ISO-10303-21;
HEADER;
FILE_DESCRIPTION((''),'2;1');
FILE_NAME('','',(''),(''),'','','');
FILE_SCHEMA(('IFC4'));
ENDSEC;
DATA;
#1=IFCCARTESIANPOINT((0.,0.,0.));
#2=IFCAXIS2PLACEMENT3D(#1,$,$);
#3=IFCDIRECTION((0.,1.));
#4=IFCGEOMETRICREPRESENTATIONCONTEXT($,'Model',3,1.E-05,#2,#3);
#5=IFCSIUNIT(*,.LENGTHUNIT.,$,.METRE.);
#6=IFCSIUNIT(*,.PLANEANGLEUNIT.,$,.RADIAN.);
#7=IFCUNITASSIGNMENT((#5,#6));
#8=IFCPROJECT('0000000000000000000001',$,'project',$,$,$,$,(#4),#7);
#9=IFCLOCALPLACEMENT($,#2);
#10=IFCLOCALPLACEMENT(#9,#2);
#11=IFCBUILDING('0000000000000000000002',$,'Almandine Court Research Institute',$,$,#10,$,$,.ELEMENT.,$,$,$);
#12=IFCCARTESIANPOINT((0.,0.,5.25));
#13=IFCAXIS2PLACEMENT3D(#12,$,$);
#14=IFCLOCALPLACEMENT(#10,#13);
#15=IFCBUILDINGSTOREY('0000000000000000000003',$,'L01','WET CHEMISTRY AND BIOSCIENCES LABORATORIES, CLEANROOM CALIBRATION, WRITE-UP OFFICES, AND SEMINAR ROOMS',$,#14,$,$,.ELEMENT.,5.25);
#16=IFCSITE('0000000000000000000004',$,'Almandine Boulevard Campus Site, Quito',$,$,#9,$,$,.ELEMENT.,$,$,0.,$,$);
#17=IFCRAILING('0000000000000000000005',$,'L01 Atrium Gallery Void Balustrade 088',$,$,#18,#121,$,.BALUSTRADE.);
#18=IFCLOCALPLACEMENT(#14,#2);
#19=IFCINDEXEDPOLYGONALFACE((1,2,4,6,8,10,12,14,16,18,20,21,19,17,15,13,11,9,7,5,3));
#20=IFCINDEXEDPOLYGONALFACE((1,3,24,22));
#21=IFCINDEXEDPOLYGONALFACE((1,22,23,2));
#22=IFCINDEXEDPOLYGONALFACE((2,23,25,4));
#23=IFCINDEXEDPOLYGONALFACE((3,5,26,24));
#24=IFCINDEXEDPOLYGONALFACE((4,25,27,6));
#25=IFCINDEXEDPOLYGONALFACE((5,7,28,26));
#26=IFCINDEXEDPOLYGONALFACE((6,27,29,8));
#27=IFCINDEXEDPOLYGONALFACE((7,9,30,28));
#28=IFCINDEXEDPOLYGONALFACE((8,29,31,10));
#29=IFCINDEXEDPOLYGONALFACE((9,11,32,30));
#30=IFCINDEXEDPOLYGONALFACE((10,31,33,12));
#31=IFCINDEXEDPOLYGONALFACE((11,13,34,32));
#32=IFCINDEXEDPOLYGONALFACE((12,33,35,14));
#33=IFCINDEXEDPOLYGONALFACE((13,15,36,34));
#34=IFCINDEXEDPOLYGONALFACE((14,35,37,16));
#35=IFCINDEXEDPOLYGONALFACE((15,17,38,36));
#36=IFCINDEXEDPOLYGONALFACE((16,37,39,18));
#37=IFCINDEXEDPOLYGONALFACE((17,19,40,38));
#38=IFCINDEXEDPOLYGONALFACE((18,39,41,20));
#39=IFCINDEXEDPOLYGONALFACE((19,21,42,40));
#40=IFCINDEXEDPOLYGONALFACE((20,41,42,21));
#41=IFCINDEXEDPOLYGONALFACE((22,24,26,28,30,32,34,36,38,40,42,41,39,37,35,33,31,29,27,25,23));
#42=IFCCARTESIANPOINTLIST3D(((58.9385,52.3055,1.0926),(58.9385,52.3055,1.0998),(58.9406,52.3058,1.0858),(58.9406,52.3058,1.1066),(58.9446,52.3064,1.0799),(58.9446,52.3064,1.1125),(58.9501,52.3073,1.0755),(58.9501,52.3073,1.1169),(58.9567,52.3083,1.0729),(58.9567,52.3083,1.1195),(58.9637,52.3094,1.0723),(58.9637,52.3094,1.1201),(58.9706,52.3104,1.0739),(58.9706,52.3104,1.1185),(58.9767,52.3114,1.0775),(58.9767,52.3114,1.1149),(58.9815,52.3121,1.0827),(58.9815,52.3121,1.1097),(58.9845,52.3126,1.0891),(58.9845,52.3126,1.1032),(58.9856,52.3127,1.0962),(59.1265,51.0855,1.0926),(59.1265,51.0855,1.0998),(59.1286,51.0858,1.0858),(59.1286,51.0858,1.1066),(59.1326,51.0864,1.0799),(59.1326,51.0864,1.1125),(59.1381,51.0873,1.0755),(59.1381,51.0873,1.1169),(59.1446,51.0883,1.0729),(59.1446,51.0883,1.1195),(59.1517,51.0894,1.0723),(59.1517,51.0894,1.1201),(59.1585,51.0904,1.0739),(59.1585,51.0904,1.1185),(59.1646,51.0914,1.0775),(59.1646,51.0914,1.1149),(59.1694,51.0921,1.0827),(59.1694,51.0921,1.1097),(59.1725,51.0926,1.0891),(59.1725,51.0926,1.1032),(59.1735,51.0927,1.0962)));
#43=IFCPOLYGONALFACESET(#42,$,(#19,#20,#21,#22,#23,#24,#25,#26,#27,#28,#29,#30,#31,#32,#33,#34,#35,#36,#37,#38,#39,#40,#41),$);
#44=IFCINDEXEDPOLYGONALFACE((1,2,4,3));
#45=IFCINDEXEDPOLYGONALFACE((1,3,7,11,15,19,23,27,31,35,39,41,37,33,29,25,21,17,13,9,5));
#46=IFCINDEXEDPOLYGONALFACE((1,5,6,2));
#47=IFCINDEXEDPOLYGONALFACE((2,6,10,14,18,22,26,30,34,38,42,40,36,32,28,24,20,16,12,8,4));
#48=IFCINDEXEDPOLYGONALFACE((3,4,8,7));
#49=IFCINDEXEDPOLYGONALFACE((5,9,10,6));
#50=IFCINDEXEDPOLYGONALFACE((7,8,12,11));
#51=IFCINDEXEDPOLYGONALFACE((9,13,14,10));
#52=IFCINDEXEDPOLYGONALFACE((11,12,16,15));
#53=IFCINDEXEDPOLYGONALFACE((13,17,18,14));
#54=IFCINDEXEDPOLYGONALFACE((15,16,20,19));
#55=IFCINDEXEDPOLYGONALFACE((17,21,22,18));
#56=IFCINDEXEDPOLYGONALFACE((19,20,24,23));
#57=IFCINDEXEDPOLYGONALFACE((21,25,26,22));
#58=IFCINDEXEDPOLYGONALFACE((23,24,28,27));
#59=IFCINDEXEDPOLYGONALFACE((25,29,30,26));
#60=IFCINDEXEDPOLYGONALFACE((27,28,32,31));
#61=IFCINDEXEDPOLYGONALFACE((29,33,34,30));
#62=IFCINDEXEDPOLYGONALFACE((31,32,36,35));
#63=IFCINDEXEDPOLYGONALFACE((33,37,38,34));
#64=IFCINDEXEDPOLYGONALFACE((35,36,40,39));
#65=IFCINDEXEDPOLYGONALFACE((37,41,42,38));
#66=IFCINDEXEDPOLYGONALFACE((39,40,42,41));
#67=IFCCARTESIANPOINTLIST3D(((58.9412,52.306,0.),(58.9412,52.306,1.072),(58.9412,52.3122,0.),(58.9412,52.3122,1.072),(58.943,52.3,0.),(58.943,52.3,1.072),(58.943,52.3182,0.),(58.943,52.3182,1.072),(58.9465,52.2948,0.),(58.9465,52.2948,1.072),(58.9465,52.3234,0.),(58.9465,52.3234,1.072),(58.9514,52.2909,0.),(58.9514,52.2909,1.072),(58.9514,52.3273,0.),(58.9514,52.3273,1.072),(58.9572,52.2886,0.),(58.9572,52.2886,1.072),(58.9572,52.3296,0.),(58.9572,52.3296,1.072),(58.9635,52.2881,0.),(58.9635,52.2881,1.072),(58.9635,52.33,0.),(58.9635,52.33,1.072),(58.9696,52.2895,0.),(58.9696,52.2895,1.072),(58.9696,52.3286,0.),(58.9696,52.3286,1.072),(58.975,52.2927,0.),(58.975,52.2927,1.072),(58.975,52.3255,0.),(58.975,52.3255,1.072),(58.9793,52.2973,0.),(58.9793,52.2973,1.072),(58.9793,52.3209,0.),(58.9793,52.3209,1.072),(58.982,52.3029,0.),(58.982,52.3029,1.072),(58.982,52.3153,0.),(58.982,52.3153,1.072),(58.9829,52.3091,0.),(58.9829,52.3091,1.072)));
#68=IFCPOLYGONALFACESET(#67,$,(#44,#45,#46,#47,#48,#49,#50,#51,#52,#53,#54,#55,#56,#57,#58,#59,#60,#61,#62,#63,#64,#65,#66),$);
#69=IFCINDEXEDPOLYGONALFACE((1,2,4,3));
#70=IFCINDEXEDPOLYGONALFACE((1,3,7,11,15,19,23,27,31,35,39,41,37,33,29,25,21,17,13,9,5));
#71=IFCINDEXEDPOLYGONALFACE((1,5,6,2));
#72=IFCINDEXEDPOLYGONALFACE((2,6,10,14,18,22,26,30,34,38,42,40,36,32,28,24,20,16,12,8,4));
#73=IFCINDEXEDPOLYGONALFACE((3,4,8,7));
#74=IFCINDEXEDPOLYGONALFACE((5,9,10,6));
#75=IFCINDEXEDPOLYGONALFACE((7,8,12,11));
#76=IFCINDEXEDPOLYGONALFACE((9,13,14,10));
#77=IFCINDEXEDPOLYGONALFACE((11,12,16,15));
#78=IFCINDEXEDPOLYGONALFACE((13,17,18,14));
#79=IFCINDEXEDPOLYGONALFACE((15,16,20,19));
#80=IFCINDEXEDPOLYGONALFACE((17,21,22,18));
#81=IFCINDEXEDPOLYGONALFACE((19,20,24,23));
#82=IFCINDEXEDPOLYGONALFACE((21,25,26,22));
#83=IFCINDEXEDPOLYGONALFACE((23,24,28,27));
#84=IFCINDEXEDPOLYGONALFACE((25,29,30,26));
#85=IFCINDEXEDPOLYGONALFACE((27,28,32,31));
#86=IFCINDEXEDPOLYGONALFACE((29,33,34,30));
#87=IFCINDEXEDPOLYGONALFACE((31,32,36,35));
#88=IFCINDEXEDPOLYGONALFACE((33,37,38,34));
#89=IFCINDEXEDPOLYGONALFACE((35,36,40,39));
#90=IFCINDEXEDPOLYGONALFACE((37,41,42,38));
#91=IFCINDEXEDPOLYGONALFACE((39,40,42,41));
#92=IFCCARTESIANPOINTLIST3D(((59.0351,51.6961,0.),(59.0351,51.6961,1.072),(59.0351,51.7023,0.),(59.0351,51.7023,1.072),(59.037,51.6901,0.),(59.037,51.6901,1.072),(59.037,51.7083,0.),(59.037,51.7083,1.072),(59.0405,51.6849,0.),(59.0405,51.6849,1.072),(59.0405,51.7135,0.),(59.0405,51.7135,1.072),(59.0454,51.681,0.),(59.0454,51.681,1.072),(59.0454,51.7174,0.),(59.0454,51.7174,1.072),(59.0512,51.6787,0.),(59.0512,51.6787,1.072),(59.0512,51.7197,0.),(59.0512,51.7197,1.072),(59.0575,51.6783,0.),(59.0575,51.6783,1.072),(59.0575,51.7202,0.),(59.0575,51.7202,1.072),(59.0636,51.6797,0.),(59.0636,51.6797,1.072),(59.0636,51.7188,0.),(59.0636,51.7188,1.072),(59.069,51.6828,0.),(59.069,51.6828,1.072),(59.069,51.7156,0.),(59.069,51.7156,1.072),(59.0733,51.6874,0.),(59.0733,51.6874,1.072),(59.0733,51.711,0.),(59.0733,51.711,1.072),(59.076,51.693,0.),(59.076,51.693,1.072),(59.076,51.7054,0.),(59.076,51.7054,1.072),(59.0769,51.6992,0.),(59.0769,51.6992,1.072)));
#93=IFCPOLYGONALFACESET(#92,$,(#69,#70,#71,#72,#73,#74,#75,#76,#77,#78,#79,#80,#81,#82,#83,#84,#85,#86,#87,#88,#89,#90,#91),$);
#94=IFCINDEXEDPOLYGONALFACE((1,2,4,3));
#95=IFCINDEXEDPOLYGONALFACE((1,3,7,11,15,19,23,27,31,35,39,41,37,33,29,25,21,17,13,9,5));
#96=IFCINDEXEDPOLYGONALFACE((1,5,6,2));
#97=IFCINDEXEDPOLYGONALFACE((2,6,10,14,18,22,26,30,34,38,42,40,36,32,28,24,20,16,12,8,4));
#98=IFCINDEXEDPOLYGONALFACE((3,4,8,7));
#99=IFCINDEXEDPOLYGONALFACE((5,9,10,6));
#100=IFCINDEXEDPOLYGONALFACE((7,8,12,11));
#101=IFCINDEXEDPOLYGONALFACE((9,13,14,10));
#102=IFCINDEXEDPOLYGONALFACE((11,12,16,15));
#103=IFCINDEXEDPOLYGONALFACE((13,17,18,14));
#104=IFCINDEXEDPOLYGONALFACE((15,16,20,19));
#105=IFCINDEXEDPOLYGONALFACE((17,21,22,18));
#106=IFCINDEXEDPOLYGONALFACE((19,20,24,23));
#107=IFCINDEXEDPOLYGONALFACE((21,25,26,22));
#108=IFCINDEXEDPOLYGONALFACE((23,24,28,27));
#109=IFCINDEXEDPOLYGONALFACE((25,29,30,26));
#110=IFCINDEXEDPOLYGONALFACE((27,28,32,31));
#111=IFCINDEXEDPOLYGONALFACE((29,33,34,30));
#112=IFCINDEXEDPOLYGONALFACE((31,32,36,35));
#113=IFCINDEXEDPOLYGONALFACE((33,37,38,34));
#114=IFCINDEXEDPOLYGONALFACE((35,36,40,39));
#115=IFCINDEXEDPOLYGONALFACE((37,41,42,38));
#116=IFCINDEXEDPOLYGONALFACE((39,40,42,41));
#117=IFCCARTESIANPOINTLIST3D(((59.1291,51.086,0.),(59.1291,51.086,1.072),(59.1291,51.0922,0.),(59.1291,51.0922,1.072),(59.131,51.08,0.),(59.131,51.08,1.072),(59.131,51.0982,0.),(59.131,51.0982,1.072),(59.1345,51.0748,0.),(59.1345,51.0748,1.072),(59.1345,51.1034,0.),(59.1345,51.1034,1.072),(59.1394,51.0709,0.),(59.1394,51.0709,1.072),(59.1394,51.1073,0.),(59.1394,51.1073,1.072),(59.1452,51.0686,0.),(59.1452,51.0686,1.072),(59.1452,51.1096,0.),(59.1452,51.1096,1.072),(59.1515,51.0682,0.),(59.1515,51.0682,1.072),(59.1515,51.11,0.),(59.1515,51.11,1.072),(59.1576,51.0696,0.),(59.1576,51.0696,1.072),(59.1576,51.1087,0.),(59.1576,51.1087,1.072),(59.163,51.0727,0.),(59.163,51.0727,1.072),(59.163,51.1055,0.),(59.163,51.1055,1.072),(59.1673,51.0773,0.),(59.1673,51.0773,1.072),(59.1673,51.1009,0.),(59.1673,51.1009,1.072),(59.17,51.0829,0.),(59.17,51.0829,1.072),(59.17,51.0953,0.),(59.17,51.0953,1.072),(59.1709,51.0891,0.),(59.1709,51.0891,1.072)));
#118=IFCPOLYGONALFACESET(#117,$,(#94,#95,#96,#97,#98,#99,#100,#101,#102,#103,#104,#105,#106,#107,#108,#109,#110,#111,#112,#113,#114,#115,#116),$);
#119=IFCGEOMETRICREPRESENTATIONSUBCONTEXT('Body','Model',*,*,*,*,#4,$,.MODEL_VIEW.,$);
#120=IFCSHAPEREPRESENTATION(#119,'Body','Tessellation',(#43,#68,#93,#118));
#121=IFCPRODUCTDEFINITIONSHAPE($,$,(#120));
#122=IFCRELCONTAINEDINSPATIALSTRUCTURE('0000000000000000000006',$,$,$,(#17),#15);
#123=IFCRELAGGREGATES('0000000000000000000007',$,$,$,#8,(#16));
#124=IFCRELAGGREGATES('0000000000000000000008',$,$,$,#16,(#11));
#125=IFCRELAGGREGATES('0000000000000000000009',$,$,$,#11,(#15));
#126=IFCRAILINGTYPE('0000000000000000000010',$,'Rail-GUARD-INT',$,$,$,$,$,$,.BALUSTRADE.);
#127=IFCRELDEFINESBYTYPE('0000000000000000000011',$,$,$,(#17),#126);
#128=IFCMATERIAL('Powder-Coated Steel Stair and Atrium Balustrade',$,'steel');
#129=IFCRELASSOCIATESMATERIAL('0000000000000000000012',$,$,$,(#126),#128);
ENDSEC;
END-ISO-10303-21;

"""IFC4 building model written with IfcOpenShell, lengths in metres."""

from ifc_helpers import new_model, si_unit, direction, frame, origin, origin_2d, place, context, subcontext, project, spatial, circle, extrude, material, type_object, element, save


model = new_model("IFC4")

# Units and contexts
model_context = context("Model", 3, precision=1e-05, world=origin(), true_north=direction((0.0, 1.0)))
body_context = subcontext(model_context, "Body", "Model", "MODEL_VIEW")
ifc_project = project(units=[si_unit("LENGTHUNIT", "METRE"), si_unit("PLANEANGLEUNIT", "RADIAN")], contexts=[model_context])

# Site, building, storey
site_placement = place(None, origin())
site = spatial("IfcSite", under=ifc_project, at=site_placement, Name="Almandine Boulevard Campus Site, Quito", CompositionType="ELEMENT", RefElevation=0.0)
building_placement = place(site_placement, origin())
building = spatial("IfcBuilding", under=site, at=building_placement, Name="Almandine Court Research Institute", CompositionType="ELEMENT")
storey_placement = place(building_placement, frame((0.0, 0.0, 5.25)))
storey = spatial("IfcBuildingStorey", under=building, at=storey_placement, Name="L01", Description="WET CHEMISTRY AND BIOSCIENCES LABORATORIES, CLEANROOM CALIBRATION, WRITE-UP OFFICES, AND SEMINAR ROOMS", CompositionType="ELEMENT", Elevation=5.25)

# Railing
ifc_material_1 = material(Name="Powder-Coated Steel Stair and Atrium Balustrade", Category="steel")
railing_type = type_object("IfcRailingType", Name="Rail-GUARD-INT", PredefinedType="BALUSTRADE", material=ifc_material_1)
railing_1_placement = place(storey_placement, frame((58.9619, 52.3091, 0.0)))
element("IfcRailing", 1, at=railing_1_placement, inside=storey, type_object=railing_type, Name="L01 Atrium Gallery Void Balustrade 088", PredefinedType="BALUSTRADE", context=body_context, shape_type="SweptSolid", body=[
    extrude(circle(Radius=0.0239, at=origin_2d()), frame((0.0, 0.0, 1.0962), z_axis=(0.152295, -0.988335, 0.0), x_axis=(0.988335, 0.152295, 0.0)), (0.0, 0.0, 1.0), 1.2344),
    extrude(circle(Radius=0.021, at=origin_2d()), origin(), (0.0, 0.0, 1.0), 1.072),
    extrude(circle(Radius=0.021, at=origin_2d()), frame((0.094, -0.6099, 0.0)), (0.0, 0.0, 1.0), 1.072),
    extrude(circle(Radius=0.021, at=origin_2d()), frame((0.188, -1.22, 0.0)), (0.0, 0.0, 1.0), 1.072),
])

save(model, "model.ifc")
